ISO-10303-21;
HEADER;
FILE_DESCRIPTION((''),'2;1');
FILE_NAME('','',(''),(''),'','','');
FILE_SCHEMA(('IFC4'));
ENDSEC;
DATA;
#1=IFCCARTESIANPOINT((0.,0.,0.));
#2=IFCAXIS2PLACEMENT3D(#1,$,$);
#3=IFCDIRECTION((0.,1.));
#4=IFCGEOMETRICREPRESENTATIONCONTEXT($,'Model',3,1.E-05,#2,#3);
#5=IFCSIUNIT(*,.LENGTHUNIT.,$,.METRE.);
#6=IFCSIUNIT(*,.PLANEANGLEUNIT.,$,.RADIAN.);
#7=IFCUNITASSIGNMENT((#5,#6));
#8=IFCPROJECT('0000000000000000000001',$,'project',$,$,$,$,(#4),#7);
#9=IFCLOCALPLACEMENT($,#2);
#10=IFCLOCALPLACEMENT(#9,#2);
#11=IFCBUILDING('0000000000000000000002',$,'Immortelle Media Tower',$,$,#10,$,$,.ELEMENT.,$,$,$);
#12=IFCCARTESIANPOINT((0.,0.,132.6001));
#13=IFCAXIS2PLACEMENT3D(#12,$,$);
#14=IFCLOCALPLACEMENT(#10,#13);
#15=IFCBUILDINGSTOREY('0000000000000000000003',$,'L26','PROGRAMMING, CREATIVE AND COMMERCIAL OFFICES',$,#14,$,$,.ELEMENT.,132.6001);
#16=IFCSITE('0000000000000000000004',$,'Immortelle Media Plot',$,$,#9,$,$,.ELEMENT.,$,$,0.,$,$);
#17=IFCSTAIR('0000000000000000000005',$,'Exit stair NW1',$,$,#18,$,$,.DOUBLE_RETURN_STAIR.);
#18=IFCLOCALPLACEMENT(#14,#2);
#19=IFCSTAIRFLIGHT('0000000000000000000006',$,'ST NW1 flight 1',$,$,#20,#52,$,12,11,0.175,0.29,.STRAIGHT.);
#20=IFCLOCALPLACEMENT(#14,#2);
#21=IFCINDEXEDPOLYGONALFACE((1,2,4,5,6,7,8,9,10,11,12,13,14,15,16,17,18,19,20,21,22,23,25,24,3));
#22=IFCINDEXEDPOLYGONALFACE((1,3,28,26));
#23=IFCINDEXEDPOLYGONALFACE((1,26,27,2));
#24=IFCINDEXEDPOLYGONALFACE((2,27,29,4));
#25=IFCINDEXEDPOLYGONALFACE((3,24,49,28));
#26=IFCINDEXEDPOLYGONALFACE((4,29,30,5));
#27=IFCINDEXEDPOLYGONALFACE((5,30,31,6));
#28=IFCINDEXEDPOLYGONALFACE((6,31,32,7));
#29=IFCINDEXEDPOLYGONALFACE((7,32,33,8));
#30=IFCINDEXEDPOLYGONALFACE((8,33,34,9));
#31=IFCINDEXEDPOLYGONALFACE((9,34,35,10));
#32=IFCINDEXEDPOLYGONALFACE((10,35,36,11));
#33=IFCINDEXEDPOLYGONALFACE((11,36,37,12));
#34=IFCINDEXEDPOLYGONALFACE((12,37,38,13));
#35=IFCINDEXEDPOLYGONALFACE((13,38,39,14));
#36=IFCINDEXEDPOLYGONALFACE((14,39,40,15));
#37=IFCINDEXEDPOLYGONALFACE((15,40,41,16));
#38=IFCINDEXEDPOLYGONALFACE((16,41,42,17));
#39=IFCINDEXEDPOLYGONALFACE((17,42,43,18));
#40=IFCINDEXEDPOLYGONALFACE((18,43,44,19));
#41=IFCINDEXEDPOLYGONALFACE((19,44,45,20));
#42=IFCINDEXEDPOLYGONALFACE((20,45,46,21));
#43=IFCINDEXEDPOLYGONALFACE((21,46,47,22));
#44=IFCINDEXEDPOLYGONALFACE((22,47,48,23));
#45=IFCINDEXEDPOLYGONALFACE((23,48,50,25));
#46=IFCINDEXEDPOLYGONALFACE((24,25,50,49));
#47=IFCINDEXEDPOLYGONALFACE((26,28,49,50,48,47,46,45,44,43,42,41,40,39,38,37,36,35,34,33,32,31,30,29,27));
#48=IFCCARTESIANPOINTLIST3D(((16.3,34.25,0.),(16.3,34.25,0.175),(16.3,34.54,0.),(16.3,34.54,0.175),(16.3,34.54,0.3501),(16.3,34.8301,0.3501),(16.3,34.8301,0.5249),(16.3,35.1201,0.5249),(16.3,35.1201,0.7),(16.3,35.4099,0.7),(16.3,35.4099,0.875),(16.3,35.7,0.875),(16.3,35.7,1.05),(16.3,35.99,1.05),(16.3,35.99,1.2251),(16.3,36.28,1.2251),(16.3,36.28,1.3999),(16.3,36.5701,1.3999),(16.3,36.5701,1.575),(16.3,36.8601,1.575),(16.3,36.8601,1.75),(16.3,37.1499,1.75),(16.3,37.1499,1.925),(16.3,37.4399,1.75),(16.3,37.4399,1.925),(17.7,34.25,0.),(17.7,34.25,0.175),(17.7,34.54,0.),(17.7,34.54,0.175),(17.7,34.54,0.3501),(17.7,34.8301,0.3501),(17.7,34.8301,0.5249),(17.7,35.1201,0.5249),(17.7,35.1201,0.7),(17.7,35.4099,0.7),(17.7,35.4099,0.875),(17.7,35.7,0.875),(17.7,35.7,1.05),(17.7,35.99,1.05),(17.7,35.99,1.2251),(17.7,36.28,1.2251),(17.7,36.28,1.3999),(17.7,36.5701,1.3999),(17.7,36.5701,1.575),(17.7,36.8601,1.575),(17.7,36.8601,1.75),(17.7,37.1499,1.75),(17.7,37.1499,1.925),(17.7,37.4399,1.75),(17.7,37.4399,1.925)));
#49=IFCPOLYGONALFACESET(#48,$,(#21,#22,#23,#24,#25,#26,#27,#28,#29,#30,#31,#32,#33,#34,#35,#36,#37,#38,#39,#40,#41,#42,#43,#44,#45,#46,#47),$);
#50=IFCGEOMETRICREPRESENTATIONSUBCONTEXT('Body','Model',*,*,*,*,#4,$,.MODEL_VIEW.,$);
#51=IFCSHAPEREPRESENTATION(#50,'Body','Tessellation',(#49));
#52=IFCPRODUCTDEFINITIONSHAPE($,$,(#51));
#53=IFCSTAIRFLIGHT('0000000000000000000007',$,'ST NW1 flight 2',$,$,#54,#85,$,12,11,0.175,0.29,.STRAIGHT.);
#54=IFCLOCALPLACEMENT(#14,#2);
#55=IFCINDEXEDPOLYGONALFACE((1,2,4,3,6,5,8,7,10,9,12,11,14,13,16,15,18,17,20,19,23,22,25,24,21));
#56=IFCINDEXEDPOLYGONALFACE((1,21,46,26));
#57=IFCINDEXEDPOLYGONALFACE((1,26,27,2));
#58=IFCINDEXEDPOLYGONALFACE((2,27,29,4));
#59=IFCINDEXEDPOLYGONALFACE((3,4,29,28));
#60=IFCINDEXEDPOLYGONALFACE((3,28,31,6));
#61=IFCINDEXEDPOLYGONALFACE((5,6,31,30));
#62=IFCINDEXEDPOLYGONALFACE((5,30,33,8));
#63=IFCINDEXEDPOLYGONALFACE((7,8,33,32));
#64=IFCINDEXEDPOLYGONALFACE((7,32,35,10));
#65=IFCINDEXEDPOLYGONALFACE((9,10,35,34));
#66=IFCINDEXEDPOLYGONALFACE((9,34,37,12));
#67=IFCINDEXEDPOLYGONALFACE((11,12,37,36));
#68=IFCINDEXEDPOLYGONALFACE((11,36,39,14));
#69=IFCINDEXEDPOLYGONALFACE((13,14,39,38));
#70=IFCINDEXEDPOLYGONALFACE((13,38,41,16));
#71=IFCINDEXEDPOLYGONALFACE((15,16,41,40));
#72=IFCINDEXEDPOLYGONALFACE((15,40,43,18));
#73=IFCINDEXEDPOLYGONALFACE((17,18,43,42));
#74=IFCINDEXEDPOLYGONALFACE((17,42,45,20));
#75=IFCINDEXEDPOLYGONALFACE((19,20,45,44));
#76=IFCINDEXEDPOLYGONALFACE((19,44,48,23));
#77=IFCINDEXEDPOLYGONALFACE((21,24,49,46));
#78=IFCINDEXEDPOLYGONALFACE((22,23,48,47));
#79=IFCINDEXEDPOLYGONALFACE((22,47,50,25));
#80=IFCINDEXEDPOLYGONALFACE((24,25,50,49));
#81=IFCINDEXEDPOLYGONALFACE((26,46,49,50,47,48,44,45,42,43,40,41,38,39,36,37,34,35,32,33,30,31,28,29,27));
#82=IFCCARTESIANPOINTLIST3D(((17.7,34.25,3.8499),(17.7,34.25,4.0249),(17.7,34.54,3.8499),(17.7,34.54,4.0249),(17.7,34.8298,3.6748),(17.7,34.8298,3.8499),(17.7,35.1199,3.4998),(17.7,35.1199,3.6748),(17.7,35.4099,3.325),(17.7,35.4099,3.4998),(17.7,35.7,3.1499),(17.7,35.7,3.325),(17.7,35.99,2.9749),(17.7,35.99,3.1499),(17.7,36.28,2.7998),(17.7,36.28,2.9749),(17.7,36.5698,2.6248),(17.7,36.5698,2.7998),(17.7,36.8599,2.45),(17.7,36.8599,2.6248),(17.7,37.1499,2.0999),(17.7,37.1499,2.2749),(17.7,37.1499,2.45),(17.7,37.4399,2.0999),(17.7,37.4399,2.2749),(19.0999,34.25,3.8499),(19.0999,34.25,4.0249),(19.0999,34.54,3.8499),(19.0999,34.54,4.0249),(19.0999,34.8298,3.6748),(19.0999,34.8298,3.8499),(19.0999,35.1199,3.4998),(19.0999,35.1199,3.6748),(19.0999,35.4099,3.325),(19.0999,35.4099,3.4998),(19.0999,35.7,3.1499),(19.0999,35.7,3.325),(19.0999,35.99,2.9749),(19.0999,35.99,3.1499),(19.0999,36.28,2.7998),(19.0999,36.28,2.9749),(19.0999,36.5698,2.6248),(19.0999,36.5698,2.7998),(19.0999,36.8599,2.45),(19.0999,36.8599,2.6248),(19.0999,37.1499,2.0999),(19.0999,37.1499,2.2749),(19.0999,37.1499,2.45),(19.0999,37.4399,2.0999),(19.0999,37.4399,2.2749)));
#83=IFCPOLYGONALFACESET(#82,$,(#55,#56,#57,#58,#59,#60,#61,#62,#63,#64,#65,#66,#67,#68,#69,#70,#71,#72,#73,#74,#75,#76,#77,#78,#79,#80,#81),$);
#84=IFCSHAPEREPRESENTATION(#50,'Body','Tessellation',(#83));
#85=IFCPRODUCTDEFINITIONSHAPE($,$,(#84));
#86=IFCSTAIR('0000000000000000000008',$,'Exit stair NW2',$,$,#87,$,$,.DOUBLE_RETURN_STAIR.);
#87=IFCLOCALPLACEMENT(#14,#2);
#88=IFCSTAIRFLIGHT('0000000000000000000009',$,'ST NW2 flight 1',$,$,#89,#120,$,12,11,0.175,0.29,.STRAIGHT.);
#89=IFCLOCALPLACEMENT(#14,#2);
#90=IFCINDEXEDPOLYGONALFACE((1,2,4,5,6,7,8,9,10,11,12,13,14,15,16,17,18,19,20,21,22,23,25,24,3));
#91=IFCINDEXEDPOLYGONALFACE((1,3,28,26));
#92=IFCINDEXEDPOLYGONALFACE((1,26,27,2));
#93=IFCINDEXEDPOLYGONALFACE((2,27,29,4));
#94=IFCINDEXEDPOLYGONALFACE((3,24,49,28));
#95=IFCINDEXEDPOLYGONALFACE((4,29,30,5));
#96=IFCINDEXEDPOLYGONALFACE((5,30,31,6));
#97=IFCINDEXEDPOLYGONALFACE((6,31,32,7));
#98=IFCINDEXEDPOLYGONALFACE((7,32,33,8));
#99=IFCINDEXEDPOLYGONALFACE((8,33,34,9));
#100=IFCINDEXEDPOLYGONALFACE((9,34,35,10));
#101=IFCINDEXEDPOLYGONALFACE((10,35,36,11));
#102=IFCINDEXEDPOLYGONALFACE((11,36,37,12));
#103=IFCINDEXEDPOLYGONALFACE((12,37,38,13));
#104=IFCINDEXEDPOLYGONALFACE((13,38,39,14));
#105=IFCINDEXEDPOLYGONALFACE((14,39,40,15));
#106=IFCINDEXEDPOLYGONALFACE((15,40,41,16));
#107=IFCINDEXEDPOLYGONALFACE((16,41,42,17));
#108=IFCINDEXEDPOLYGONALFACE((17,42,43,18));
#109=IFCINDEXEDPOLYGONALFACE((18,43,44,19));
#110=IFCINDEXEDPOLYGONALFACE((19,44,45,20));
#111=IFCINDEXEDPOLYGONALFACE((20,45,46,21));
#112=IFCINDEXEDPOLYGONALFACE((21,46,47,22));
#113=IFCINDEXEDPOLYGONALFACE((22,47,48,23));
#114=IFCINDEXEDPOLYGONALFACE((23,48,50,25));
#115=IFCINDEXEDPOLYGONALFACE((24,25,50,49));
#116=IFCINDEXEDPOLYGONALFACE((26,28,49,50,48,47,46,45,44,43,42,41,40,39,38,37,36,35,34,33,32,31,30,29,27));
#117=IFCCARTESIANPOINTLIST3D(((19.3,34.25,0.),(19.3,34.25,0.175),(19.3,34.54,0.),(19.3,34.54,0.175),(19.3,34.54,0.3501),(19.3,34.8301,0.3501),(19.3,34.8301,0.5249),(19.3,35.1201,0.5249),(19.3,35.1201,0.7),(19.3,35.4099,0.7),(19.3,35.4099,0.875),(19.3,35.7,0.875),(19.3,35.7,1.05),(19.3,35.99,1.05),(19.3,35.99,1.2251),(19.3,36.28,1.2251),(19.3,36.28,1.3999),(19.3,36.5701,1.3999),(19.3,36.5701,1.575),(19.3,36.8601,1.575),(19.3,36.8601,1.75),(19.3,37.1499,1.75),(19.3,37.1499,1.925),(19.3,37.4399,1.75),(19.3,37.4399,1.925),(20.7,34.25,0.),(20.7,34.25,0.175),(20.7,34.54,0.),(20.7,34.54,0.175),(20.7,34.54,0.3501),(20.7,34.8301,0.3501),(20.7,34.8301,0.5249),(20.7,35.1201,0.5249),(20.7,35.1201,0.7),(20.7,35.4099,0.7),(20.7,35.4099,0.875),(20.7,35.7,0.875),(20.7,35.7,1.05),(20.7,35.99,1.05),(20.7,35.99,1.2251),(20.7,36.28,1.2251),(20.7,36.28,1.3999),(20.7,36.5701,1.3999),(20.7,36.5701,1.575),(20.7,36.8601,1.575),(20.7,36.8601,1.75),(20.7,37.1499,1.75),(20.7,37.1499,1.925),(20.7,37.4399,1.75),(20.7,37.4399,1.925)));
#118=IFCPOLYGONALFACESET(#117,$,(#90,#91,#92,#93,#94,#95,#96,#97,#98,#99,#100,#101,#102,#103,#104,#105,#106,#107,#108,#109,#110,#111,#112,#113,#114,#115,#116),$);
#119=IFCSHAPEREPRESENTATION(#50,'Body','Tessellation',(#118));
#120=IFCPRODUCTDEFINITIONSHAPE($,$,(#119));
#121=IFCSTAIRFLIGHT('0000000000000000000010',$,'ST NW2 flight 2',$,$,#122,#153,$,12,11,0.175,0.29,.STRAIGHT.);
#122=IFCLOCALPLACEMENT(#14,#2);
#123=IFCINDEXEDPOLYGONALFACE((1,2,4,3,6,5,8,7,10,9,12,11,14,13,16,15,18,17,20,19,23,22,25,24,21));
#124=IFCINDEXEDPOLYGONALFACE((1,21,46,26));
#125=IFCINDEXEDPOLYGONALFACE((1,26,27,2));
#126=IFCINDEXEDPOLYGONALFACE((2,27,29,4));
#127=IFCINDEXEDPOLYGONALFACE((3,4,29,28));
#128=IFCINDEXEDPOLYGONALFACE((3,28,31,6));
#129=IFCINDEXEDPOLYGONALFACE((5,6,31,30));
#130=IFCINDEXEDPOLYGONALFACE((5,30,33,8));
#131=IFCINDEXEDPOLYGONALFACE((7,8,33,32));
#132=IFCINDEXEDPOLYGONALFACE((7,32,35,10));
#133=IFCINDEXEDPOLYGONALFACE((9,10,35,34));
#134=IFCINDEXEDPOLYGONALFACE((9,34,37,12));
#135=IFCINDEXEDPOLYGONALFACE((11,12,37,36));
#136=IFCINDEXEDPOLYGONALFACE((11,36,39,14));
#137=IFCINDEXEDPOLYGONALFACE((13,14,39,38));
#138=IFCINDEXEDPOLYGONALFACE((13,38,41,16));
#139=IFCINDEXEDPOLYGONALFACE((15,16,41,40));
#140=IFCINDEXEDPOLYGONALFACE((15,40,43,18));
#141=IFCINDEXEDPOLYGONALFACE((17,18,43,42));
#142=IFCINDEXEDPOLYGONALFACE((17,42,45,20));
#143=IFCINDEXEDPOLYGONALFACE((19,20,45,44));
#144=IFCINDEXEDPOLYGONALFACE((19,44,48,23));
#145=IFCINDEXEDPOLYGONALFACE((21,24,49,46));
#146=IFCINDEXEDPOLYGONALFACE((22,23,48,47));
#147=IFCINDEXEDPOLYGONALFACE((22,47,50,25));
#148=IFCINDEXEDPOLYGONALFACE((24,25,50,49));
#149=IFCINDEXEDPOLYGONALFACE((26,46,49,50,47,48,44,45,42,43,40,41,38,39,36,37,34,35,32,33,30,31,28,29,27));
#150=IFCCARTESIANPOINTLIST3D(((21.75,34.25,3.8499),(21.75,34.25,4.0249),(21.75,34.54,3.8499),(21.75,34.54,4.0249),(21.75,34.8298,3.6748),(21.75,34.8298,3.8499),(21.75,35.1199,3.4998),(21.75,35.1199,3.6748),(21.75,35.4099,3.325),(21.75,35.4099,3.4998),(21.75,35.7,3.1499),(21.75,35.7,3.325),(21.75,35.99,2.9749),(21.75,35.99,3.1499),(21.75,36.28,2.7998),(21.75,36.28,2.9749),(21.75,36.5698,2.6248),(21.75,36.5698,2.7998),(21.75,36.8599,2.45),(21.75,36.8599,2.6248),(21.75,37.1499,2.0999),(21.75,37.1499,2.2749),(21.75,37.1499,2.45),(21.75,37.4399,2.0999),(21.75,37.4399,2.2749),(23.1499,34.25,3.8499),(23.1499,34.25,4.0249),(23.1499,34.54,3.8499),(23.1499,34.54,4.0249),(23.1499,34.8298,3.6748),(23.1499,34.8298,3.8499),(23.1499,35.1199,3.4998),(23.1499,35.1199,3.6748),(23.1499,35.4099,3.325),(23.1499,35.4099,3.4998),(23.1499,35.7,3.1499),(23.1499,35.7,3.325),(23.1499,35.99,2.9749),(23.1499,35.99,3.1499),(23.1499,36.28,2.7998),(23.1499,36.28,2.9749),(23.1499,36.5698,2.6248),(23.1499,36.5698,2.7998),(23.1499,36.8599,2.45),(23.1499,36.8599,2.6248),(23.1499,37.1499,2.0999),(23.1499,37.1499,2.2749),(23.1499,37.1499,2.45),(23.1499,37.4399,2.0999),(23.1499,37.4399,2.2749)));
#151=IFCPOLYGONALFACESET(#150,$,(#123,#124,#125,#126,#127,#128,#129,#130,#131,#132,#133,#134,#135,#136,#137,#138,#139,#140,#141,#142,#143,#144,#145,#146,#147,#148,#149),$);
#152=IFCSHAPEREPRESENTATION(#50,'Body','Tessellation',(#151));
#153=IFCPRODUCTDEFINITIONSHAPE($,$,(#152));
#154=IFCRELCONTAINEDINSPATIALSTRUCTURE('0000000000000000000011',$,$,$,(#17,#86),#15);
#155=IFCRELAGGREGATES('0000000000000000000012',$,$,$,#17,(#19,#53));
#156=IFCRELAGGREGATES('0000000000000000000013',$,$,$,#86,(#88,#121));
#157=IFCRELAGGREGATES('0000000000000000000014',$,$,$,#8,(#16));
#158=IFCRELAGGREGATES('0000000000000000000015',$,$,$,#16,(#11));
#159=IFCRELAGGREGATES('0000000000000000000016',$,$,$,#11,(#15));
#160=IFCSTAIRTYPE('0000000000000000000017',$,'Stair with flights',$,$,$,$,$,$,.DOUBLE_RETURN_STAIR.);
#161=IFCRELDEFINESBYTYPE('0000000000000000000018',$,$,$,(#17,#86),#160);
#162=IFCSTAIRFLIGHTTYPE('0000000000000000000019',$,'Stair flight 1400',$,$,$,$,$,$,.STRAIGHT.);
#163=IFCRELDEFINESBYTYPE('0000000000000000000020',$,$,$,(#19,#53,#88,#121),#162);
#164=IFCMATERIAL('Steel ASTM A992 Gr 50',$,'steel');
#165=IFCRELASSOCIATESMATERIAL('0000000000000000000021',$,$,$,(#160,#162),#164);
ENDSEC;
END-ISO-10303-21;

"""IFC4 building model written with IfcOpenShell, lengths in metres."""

from ifc_helpers import new_model, si_unit, direction, frame, origin, place, context, subcontext, project, spatial, polyline, outline, extrude, material, type_object, element, aggregate, save


model = new_model("IFC4")

# Units and contexts
model_context = context("Model", 3, precision=1e-05, world=origin(), true_north=direction((0.0, 1.0)))
body_context = subcontext(model_context, "Body", "Model", "MODEL_VIEW")
ifc_project = project(units=[si_unit("LENGTHUNIT", "METRE"), si_unit("PLANEANGLEUNIT", "RADIAN")], contexts=[model_context])

# Site, building, storey
site_placement = place(None, origin())
site = spatial("IfcSite", under=ifc_project, at=site_placement, Name="Immortelle Media Plot", CompositionType="ELEMENT", RefElevation=0.0)
building_placement = place(site_placement, origin())
building = spatial("IfcBuilding", under=site, at=building_placement, Name="Immortelle Media Tower", CompositionType="ELEMENT")
storey_placement = place(building_placement, frame((0.0, 0.0, 132.6001)))
storey = spatial("IfcBuildingStorey", under=building, at=storey_placement, Name="L26", Description="PROGRAMMING, CREATIVE AND COMMERCIAL OFFICES", CompositionType="ELEMENT", Elevation=132.6001)

# Shared definitions
ifc_material_1 = material(Name="Steel ASTM A992 Gr 50", Category="steel")

# Stairs, stair flights
stair_type = type_object("IfcStairType", Name="Stair with flights", PredefinedType="DOUBLE_RETURN_STAIR", material=ifc_material_1)
stair_1_placement = place(storey_placement, origin())
stair_1 = element("IfcStair", 1, at=stair_1_placement, inside=storey, type_object=stair_type, Name="Exit stair NW1", PredefinedType="DOUBLE_RETURN_STAIR")
stair_flight_type = type_object("IfcStairFlightType", Name="Stair flight 1400", PredefinedType="STRAIGHT", material=ifc_material_1)
stair_flight_1_placement = place(storey_placement, frame((17.0, 34.25, 0.0), z_axis=(0.0, 0.0, 1.0), x_axis=(0.0, 1.0, 0.0)))
stair_flight_1 = element("IfcStairFlight", 2, at=stair_flight_1_placement, type_object=stair_flight_type, Name="ST NW1 flight 1", NumberOfRisers=12, NumberOfTreads=11, PredefinedType="STRAIGHT", RiserHeight=0.175, TreadLength=0.29, context=body_context, shape_type="SweptSolid", body=[
    extrude(outline(polyline([(0.0, 0.0), (0.0, 0.175), (0.29, 0.175), (0.29, 0.3501), (0.5801, 0.3501), (0.5801, 0.5249), (0.8701, 0.5249), (0.8701, 0.7), (1.1599, 0.7), (1.1599, 0.875), (1.45, 0.875), (1.45, 1.05), (1.74, 1.05), (1.74, 1.2251), (2.03, 1.2251), (2.03, 1.3999), (2.3201, 1.3999), (2.3201, 1.575), (2.6101, 1.575), (2.6101, 1.75), (2.8999, 1.75), (2.8999, 1.925), (3.1899, 1.925), (3.1899, 2.1001), (3.1899, 1.75), (0.29, 0.0), (0.0, 0.0)])), frame((0.0, 0.7, 0.0), z_axis=(0.0, -1.0, 0.0), x_axis=(1.0, 0.0, 0.0)), (0.0, 0.0, 1.0), 1.3999),
])
stair_flight_2_placement = place(storey_placement, frame((18.3999, 37.4399, 2.0999), z_axis=(0.0, 0.0, 1.0), x_axis=(0.0, -1.0, 0.0)))
stair_flight_2 = element("IfcStairFlight", 3, at=stair_flight_2_placement, type_object=stair_flight_type, Name="ST NW1 flight 2", NumberOfRisers=12, NumberOfTreads=11, PredefinedType="STRAIGHT", RiserHeight=0.175, TreadLength=0.29, context=body_context, shape_type="SweptSolid", body=[
    extrude(outline(polyline([(0.0, 0.0), (0.0, 0.175), (0.29, 0.175), (0.29, 0.3501), (0.5801, 0.3501), (0.5801, 0.5249), (0.8701, 0.5249), (0.8701, 0.7), (1.1599, 0.7), (1.1599, 0.875), (1.45, 0.875), (1.45, 1.05), (1.74, 1.05), (1.74, 1.2251), (2.03, 1.2251), (2.03, 1.3999), (2.3201, 1.3999), (2.3201, 1.575), (2.6101, 1.575), (2.6101, 1.75), (2.8999, 1.75), (2.8999, 1.925), (3.1899, 1.925), (3.1899, 2.1001), (3.1899, 1.75), (0.29, 0.0), (0.0, 0.0)])), frame((0.0, 0.7, 0.0), z_axis=(0.0, -1.0, 0.0), x_axis=(1.0, 0.0, 0.0)), (0.0, 0.0, 1.0), 1.3999),
])
aggregate(stair_1, [stair_flight_1, stair_flight_2])
stair_2_placement = place(storey_placement, origin())
stair_2 = element("IfcStair", 4, at=stair_2_placement, inside=storey, type_object=stair_type, Name="Exit stair NW2", PredefinedType="DOUBLE_RETURN_STAIR")
stair_flight_3_placement = place(storey_placement, frame((20.0, 34.25, 0.0), z_axis=(0.0, 0.0, 1.0), x_axis=(0.0, 1.0, 0.0)))
stair_flight_3 = element("IfcStairFlight", 5, at=stair_flight_3_placement, type_object=stair_flight_type, Name="ST NW2 flight 1", NumberOfRisers=12, NumberOfTreads=11, PredefinedType="STRAIGHT", RiserHeight=0.175, TreadLength=0.29, context=body_context, shape_type="SweptSolid", body=[
    extrude(outline(polyline([(0.0, 0.0), (0.0, 0.175), (0.29, 0.175), (0.29, 0.3501), (0.5801, 0.3501), (0.5801, 0.5249), (0.8701, 0.5249), (0.8701, 0.7), (1.1599, 0.7), (1.1599, 0.875), (1.45, 0.875), (1.45, 1.05), (1.74, 1.05), (1.74, 1.2251), (2.03, 1.2251), (2.03, 1.3999), (2.3201, 1.3999), (2.3201, 1.575), (2.6101, 1.575), (2.6101, 1.75), (2.8999, 1.75), (2.8999, 1.925), (3.1899, 1.925), (3.1899, 2.1001), (3.1899, 1.75), (0.29, 0.0), (0.0, 0.0)])), frame((0.0, 0.7, 0.0), z_axis=(0.0, -1.0, 0.0), x_axis=(1.0, 0.0, 0.0)), (0.0, 0.0, 1.0), 1.3999),
])
stair_flight_4_placement = place(storey_placement, frame((22.45, 37.4399, 2.0999), z_axis=(0.0, 0.0, 1.0), x_axis=(0.0, -1.0, 0.0)))
stair_flight_4 = element("IfcStairFlight", 6, at=stair_flight_4_placement, type_object=stair_flight_type, Name="ST NW2 flight 2", NumberOfRisers=12, NumberOfTreads=11, PredefinedType="STRAIGHT", RiserHeight=0.175, TreadLength=0.29, context=body_context, shape_type="SweptSolid", body=[
    extrude(outline(polyline([(0.0, 0.0), (0.0, 0.175), (0.29, 0.175), (0.29, 0.3501), (0.5801, 0.3501), (0.5801, 0.5249), (0.8701, 0.5249), (0.8701, 0.7), (1.1599, 0.7), (1.1599, 0.875), (1.45, 0.875), (1.45, 1.05), (1.74, 1.05), (1.74, 1.2251), (2.03, 1.2251), (2.03, 1.3999), (2.3201, 1.3999), (2.3201, 1.575), (2.6101, 1.575), (2.6101, 1.75), (2.8999, 1.75), (2.8999, 1.925), (3.1899, 1.925), (3.1899, 2.1001), (3.1899, 1.75), (0.29, 0.0), (0.0, 0.0)])), frame((0.0, 0.7, 0.0), z_axis=(0.0, -1.0, 0.0), x_axis=(1.0, 0.0, 0.0)), (0.0, 0.0, 1.0), 1.3999),
])
aggregate(stair_2, [stair_flight_3, stair_flight_4])

save(model, "model.ifc")
